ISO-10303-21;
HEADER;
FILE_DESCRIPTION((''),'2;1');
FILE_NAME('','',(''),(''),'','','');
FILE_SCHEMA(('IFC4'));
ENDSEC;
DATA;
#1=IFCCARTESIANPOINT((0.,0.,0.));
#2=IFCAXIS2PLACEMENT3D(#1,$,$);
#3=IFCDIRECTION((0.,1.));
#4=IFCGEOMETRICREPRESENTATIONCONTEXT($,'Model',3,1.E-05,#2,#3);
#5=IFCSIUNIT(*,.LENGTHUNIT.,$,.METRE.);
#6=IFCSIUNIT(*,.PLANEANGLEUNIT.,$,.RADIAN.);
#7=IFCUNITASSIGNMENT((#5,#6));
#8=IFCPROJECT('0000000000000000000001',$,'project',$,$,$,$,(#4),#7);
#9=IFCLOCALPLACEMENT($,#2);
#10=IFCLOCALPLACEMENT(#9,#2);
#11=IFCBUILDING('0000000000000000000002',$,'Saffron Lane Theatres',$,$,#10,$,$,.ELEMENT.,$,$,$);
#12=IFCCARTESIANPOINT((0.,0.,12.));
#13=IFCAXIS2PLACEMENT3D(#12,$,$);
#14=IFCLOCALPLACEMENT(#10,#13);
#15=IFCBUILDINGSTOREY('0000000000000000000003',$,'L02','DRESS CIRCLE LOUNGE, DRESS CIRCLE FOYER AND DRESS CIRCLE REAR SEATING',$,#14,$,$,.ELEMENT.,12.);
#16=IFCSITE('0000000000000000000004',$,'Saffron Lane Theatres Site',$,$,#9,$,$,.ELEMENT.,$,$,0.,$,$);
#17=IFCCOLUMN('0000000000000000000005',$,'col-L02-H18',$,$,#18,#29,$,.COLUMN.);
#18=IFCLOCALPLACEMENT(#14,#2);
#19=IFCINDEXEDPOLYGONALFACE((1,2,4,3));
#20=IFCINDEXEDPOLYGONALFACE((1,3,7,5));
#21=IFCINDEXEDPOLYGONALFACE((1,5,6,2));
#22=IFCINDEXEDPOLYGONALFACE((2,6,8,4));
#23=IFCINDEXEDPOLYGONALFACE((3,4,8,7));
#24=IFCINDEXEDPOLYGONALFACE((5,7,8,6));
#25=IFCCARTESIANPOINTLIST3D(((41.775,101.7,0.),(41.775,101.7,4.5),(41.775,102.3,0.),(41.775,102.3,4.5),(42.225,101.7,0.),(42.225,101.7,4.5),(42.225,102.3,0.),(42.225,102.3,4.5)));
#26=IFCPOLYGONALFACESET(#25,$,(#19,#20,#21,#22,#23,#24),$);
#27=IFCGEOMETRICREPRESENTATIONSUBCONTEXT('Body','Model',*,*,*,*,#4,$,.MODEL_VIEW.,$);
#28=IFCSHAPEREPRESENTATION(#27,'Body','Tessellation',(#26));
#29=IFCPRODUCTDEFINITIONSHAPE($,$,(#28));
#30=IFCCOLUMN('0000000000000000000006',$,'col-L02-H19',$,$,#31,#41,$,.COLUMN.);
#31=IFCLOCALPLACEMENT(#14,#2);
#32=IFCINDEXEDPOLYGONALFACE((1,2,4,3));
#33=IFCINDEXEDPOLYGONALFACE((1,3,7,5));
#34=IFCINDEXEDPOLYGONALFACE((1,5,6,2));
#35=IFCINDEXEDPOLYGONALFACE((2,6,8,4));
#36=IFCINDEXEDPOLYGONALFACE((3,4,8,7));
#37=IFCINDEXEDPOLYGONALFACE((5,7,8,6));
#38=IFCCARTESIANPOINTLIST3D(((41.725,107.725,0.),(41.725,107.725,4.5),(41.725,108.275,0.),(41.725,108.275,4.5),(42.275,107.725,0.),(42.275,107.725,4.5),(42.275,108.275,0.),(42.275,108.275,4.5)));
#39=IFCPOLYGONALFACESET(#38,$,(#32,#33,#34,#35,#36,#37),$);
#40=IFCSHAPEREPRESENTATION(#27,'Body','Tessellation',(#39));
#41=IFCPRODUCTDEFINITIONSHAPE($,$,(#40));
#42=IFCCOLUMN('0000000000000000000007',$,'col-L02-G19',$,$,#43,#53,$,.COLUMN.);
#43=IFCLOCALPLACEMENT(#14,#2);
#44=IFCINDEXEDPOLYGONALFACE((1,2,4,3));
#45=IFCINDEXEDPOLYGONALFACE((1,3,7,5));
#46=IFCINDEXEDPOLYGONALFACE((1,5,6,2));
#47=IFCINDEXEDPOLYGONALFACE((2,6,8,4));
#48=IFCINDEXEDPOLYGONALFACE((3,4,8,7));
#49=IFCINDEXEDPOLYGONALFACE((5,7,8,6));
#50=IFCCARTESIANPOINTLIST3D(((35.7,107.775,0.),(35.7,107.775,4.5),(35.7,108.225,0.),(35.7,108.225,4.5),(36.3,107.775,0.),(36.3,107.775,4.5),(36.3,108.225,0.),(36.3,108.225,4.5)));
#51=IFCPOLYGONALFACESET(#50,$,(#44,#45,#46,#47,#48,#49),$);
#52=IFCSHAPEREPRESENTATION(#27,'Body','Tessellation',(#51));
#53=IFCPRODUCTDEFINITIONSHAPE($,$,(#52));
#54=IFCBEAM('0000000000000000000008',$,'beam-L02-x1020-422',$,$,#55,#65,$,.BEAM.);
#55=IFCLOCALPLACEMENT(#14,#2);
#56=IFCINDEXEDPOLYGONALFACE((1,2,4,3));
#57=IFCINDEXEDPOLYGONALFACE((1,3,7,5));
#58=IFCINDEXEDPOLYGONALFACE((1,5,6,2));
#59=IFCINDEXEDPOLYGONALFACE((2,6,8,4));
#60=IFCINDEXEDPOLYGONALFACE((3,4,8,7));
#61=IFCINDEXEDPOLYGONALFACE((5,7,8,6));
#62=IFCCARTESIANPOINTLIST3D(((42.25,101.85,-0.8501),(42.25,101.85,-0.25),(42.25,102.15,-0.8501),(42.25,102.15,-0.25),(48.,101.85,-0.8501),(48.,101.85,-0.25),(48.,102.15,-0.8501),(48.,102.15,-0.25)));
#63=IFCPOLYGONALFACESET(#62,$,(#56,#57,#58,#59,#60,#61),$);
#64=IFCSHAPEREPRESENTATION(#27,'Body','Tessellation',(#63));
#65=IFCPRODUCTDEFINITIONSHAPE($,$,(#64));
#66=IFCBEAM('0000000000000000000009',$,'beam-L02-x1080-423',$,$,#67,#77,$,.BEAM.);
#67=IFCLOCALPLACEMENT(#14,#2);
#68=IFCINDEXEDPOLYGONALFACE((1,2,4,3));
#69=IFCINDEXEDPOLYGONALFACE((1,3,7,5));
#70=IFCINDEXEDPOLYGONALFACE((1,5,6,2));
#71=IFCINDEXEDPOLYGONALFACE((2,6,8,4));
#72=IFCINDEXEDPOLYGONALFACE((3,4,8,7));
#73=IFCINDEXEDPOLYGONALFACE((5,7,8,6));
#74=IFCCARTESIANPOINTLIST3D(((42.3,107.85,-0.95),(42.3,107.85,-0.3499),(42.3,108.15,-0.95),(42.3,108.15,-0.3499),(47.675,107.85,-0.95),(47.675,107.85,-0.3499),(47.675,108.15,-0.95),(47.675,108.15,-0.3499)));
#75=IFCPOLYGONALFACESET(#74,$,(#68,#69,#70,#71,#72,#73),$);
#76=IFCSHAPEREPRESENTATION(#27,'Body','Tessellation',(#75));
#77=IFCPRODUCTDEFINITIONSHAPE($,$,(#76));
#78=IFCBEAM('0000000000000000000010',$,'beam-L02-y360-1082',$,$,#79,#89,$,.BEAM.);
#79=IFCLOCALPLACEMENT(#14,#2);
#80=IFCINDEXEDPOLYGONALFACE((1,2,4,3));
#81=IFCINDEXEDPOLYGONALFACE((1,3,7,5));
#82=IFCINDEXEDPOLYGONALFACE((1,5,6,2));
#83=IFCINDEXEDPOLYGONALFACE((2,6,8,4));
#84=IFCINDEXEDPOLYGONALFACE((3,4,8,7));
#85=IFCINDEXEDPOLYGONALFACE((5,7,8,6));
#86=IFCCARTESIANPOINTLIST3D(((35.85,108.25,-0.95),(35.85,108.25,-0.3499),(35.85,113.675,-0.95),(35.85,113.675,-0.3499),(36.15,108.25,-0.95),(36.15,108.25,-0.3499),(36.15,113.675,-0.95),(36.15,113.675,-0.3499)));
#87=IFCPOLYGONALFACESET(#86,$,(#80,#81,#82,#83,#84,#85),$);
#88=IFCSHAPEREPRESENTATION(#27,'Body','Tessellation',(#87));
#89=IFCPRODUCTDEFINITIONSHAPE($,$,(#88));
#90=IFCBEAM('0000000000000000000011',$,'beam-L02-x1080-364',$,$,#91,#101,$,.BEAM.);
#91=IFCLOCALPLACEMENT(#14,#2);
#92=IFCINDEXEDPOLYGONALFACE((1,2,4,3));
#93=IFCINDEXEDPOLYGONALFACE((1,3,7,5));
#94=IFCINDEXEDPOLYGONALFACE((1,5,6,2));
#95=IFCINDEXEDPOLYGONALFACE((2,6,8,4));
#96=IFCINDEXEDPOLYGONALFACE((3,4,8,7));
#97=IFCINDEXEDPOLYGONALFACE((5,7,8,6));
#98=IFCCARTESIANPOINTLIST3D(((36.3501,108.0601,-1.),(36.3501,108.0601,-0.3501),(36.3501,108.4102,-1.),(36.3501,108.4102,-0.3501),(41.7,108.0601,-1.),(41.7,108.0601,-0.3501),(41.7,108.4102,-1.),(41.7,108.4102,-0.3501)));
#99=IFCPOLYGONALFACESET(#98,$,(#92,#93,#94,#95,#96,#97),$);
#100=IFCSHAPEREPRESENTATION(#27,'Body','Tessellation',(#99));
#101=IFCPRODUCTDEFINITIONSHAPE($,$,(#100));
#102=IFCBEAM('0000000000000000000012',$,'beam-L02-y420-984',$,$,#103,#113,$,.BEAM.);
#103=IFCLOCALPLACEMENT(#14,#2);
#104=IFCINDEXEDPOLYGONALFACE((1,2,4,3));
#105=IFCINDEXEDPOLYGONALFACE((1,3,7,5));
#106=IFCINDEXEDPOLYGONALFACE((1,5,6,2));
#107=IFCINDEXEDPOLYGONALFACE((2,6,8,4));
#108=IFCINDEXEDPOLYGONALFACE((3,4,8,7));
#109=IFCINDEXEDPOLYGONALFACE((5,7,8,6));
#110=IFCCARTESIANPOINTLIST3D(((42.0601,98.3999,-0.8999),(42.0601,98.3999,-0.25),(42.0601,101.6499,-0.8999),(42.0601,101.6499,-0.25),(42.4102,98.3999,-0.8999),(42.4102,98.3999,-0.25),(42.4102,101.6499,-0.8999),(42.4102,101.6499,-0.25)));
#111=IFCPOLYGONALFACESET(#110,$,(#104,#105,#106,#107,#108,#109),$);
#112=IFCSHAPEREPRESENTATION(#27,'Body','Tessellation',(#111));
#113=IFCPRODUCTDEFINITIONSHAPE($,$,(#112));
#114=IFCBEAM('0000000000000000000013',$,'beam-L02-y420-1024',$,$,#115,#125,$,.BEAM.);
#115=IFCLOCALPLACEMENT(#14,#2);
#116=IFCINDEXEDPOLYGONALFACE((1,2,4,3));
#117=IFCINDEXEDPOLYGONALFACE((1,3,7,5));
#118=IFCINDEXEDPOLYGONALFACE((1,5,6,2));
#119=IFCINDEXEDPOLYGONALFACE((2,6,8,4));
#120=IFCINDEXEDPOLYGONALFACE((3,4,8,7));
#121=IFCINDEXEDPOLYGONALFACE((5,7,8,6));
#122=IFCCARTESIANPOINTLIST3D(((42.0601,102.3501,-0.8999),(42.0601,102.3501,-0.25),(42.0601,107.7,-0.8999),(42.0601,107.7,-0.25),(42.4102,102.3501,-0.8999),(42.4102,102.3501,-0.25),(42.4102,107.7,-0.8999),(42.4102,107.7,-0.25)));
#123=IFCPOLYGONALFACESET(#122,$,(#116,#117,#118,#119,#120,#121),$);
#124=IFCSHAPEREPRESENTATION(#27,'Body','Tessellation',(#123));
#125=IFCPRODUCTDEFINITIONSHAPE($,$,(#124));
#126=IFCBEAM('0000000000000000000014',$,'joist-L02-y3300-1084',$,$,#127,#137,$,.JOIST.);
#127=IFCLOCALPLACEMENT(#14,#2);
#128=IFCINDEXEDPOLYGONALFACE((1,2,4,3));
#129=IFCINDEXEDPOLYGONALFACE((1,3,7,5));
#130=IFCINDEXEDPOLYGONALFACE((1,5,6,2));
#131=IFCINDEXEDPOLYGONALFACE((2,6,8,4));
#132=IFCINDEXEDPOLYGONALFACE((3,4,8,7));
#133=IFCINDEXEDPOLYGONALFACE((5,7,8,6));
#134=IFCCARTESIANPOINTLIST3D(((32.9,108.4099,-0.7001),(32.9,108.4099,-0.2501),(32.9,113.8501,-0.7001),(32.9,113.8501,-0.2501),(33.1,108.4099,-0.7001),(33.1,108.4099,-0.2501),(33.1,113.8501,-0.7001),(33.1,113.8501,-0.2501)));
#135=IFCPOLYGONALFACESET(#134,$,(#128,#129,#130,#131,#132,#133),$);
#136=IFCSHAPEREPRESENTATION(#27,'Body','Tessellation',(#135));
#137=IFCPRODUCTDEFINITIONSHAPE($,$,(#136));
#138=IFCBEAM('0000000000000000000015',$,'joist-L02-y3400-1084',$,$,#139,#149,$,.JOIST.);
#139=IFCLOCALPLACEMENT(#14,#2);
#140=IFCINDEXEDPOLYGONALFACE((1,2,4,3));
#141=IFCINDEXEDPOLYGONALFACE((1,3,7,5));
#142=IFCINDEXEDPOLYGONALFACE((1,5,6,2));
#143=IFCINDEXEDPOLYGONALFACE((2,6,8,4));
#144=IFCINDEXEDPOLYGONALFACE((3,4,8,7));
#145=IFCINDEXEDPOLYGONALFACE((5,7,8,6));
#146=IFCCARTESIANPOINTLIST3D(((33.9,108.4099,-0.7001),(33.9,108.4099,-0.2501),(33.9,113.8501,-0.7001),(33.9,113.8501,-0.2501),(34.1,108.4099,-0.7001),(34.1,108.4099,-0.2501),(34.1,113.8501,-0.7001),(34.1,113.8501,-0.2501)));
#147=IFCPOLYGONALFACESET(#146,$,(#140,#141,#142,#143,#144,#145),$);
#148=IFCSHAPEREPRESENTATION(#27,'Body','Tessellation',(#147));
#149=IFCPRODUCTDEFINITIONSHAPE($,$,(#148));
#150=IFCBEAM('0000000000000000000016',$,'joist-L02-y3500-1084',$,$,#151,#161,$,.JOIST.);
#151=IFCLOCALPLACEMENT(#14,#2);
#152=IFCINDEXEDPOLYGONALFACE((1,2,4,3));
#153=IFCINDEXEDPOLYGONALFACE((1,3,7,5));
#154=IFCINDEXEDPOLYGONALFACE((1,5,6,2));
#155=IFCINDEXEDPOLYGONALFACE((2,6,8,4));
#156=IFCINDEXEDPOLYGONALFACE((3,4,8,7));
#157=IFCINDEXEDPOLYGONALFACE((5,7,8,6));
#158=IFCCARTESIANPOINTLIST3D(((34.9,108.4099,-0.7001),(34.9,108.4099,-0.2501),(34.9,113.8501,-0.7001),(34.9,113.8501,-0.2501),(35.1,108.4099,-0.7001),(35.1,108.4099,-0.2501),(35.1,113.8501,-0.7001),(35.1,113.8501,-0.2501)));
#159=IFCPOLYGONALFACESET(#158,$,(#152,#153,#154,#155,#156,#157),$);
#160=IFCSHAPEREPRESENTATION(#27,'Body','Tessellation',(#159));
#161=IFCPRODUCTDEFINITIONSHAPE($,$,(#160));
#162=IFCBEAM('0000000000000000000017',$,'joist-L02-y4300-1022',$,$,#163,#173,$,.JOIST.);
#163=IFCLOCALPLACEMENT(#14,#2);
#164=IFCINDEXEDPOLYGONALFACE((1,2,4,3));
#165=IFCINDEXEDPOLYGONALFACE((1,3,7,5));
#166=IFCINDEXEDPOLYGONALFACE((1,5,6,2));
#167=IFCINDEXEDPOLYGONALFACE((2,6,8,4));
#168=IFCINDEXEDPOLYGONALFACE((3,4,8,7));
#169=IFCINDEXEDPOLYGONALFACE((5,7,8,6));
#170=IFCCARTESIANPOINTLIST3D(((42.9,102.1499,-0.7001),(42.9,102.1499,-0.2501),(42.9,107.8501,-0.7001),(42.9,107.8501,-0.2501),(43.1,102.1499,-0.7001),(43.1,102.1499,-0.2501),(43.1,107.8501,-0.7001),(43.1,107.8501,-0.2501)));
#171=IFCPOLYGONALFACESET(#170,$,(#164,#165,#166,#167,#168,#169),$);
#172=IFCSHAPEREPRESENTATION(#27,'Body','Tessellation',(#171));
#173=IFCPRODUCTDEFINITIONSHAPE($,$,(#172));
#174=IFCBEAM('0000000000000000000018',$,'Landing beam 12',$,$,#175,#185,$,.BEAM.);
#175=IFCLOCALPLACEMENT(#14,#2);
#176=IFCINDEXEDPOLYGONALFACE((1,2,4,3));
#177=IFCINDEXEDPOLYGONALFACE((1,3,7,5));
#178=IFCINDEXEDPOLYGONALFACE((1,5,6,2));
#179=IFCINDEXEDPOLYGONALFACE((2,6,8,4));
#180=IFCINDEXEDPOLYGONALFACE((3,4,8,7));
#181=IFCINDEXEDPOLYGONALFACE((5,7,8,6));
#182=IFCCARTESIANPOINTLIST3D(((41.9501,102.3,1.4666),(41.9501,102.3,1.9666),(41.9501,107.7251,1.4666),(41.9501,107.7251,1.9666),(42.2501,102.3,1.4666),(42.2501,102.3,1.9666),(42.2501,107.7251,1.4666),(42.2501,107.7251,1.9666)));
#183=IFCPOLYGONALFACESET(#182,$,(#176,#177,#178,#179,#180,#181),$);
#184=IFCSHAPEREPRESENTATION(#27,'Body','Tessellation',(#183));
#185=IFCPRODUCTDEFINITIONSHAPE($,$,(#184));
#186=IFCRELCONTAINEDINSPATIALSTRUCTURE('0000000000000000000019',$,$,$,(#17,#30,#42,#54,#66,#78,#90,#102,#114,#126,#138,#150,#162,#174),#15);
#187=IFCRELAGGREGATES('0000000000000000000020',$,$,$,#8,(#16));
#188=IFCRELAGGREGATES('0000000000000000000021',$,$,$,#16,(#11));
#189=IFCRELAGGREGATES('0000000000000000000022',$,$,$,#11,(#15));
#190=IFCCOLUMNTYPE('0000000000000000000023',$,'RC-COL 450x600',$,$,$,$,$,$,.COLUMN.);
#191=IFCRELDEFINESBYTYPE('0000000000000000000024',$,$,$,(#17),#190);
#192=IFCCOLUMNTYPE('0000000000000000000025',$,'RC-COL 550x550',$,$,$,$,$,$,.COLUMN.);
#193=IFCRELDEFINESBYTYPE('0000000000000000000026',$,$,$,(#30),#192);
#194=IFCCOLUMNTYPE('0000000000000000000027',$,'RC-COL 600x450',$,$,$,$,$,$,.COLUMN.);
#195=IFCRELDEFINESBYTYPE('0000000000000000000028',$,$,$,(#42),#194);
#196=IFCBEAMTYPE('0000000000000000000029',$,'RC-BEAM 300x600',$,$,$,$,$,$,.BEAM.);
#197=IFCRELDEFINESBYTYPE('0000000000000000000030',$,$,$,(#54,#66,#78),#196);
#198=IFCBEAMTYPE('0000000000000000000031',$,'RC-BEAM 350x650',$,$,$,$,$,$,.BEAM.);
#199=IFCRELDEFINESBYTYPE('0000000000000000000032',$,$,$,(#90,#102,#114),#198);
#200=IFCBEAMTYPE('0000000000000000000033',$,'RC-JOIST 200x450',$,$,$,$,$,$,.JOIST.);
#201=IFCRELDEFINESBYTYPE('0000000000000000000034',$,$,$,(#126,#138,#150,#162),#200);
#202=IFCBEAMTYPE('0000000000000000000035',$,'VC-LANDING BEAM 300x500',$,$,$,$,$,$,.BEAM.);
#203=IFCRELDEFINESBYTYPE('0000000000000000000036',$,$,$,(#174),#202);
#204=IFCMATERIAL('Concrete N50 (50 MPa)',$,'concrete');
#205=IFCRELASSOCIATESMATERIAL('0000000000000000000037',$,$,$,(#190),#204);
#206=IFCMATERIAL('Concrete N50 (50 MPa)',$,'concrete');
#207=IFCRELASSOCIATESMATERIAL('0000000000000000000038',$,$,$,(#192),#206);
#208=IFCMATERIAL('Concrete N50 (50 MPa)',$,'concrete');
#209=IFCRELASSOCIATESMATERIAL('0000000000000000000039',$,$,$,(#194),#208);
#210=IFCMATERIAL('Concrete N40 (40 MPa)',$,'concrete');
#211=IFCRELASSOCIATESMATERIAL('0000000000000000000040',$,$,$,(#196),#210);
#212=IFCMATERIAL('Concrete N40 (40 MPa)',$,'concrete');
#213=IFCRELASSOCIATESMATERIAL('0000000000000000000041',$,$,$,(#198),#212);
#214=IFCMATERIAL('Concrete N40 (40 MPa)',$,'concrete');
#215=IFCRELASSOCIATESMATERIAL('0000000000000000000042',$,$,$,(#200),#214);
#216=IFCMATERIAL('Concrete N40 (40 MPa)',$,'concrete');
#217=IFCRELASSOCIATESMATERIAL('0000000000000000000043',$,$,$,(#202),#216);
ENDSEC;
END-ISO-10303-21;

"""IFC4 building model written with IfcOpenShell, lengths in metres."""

from ifc_helpers import new_model, si_unit, direction, frame, origin, origin_2d, place, context, subcontext, project, spatial, rectangle, extrude, material, material_profile, profile_set, type_object, element, save


model = new_model("IFC4")

# Units and contexts
model_context = context("Model", 3, precision=1e-05, world=origin(), true_north=direction((0.0, 1.0)))
body_context = subcontext(model_context, "Body", "Model", "MODEL_VIEW")
ifc_project = project(units=[si_unit("LENGTHUNIT", "METRE"), si_unit("PLANEANGLEUNIT", "RADIAN")], contexts=[model_context])

# Site, building, storey
site_placement = place(None, origin())
site = spatial("IfcSite", under=ifc_project, at=site_placement, Name="Saffron Lane Theatres Site", CompositionType="ELEMENT", RefElevation=0.0)
building_placement = place(site_placement, origin())
building = spatial("IfcBuilding", under=site, at=building_placement, Name="Saffron Lane Theatres", CompositionType="ELEMENT")
storey_placement = place(building_placement, frame((0.0, 0.0, 12.0)))
storey = spatial("IfcBuildingStorey", under=building, at=storey_placement, Name="L02", Description="DRESS CIRCLE LOUNGE, DRESS CIRCLE FOYER AND DRESS CIRCLE REAR SEATING", CompositionType="ELEMENT", Elevation=12.0)

# Columns
ifc_material_1 = material(Name="Concrete N50 (50 MPa)", Category="concrete")
ifc_material_profile_1 = material_profile(ifc_material_1, rectangle(XDim=0.45, YDim=0.6001, at=origin_2d()))
ifc_profile_set_1 = profile_set([ifc_material_profile_1], Name="Concrete N50 (50 MPa)")
column_type_1 = type_object("IfcColumnType", Name="RC-COL 450x600", PredefinedType="COLUMN", material=ifc_profile_set_1)
column_1_placement = place(storey_placement, frame((42.0, 102.0, 0.0), z_axis=(0.0, 0.0, 1.0), x_axis=(1.0, 0.0, 0.0)))
element("IfcColumn", 1, at=column_1_placement, inside=storey, type_object=column_type_1, Name="col-L02-H18", PredefinedType="COLUMN", context=body_context, shape_type="SweptSolid", body=[
    extrude(rectangle(XDim=0.45, YDim=0.6001, at=origin_2d()), origin(), (0.0, 0.0, 1.0), 4.5),
])
ifc_material_2 = material(Name="Concrete N50 (50 MPa)", Category="concrete")
ifc_material_profile_2 = material_profile(ifc_material_2, rectangle(XDim=0.55, YDim=0.55, at=origin_2d()))
ifc_profile_set_2 = profile_set([ifc_material_profile_2], Name="Concrete N50 (50 MPa)")
column_type_2 = type_object("IfcColumnType", Name="RC-COL 550x550", PredefinedType="COLUMN", material=ifc_profile_set_2)
column_2_placement = place(storey_placement, frame((42.0, 108.0, 0.0), z_axis=(0.0, 0.0, 1.0), x_axis=(1.0, 0.0, 0.0)))
element("IfcColumn", 2, at=column_2_placement, inside=storey, type_object=column_type_2, Name="col-L02-H19", PredefinedType="COLUMN", context=body_context, shape_type="SweptSolid", body=[
    extrude(rectangle(XDim=0.55, YDim=0.55, at=origin_2d()), origin(), (0.0, 0.0, 1.0), 4.5),
])
ifc_material_3 = material(Name="Concrete N50 (50 MPa)", Category="concrete")
ifc_material_profile_3 = material_profile(ifc_material_3, rectangle(XDim=0.6001, YDim=0.45, at=origin_2d()))
ifc_profile_set_3 = profile_set([ifc_material_profile_3], Name="Concrete N50 (50 MPa)")
column_type_3 = type_object("IfcColumnType", Name="RC-COL 600x450", PredefinedType="COLUMN", material=ifc_profile_set_3)
column_3_placement = place(storey_placement, frame((36.0, 108.0, 0.0), z_axis=(0.0, 0.0, 1.0), x_axis=(1.0, 0.0, 0.0)))
element("IfcColumn", 3, at=column_3_placement, inside=storey, type_object=column_type_3, Name="col-L02-G19", PredefinedType="COLUMN", context=body_context, shape_type="SweptSolid", body=[
    extrude(rectangle(XDim=0.6001, YDim=0.45, at=origin_2d()), origin(), (0.0, 0.0, 1.0), 4.5),
])

# Beams
ifc_material_4 = material(Name="Concrete N40 (40 MPa)", Category="concrete")
ifc_material_profile_4 = material_profile(ifc_material_4, rectangle(XDim=0.3, YDim=0.6001, at=origin_2d()))
ifc_profile_set_4 = profile_set([ifc_material_profile_4], Name="Concrete N40 (40 MPa)")
beam_type_1 = type_object("IfcBeamType", Name="RC-BEAM 300x600", PredefinedType="BEAM", material=ifc_profile_set_4)
beam_1_placement = place(storey_placement, frame((42.25, 102.0, -0.55), z_axis=(1.0, 0.0, 0.0), x_axis=(0.0, 1.0, 0.0)))
element("IfcBeam", 4, at=beam_1_placement, inside=storey, type_object=beam_type_1, Name="beam-L02-x1020-422", PredefinedType="BEAM", context=body_context, shape_type="SweptSolid", body=[
    extrude(rectangle(XDim=0.3, YDim=0.6001, at=origin_2d()), origin(), (0.0, 0.0, 1.0), 5.75),
])
beam_2_placement = place(storey_placement, frame((42.3, 108.0, -0.6499), z_axis=(1.0, 0.0, 0.0), x_axis=(0.0, 1.0, 0.0)))
element("IfcBeam", 5, at=beam_2_placement, inside=storey, type_object=beam_type_1, Name="beam-L02-x1080-423", PredefinedType="BEAM", context=body_context, shape_type="SweptSolid", body=[
    extrude(rectangle(XDim=0.3, YDim=0.6001, at=origin_2d()), origin(), (0.0, 0.0, 1.0), 5.375),
])
beam_3_placement = place(storey_placement, frame((36.0, 108.25, -0.6499), z_axis=(0.0, 1.0, 0.0), x_axis=(-1.0, 0.0, 0.0)))
element("IfcBeam", 6, at=beam_3_placement, inside=storey, type_object=beam_type_1, Name="beam-L02-y360-1082", PredefinedType="BEAM", context=body_context, shape_type="SweptSolid", body=[
    extrude(rectangle(XDim=0.3, YDim=0.6001, at=origin_2d()), origin(), (0.0, 0.0, 1.0), 5.425),
])
ifc_material_5 = material(Name="Concrete N40 (40 MPa)", Category="concrete")
ifc_material_profile_5 = material_profile(ifc_material_5, rectangle(XDim=0.3501, YDim=0.6499, at=origin_2d()))
ifc_profile_set_5 = profile_set([ifc_material_profile_5], Name="Concrete N40 (40 MPa)")
beam_type_2 = type_object("IfcBeamType", Name="RC-BEAM 350x650", PredefinedType="BEAM", material=ifc_profile_set_5)
beam_4_placement = place(storey_placement, frame((36.3501, 108.2351, -0.675), z_axis=(1.0, 0.0, 0.0), x_axis=(0.0, 1.0, 0.0)))
element("IfcBeam", 7, at=beam_4_placement, inside=storey, type_object=beam_type_2, Name="beam-L02-x1080-364", PredefinedType="BEAM", context=body_context, shape_type="SweptSolid", body=[
    extrude(rectangle(XDim=0.3501, YDim=0.6499, at=origin_2d()), origin(), (0.0, 0.0, 1.0), 5.3499),
])
beam_5_placement = place(storey_placement, frame((42.2351, 98.3999, -0.575), z_axis=(0.0, 1.0, 0.0), x_axis=(-1.0, 0.0, 0.0)))
element("IfcBeam", 8, at=beam_5_placement, inside=storey, type_object=beam_type_2, Name="beam-L02-y420-984", PredefinedType="BEAM", context=body_context, shape_type="SweptSolid", body=[
    extrude(rectangle(XDim=0.3501, YDim=0.6499, at=origin_2d()), origin(), (0.0, 0.0, 1.0), 3.25),
])
beam_6_placement = place(storey_placement, frame((42.2351, 102.3501, -0.575), z_axis=(0.0, 1.0, 0.0), x_axis=(-1.0, 0.0, 0.0)))
element("IfcBeam", 9, at=beam_6_placement, inside=storey, type_object=beam_type_2, Name="beam-L02-y420-1024", PredefinedType="BEAM", context=body_context, shape_type="SweptSolid", body=[
    extrude(rectangle(XDim=0.3501, YDim=0.6499, at=origin_2d()), origin(), (0.0, 0.0, 1.0), 5.3499),
])
ifc_material_6 = material(Name="Concrete N40 (40 MPa)", Category="concrete")
ifc_material_profile_6 = material_profile(ifc_material_6, rectangle(XDim=0.2, YDim=0.45, at=origin_2d()))
ifc_profile_set_6 = profile_set([ifc_material_profile_6], Name="Concrete N40 (40 MPa)")
beam_type_3 = type_object("IfcBeamType", Name="RC-JOIST 200x450", PredefinedType="JOIST", material=ifc_profile_set_6)
for number, where, z_axis, x_axis, name in (
    (10, (33.0, 108.4099, -0.4751), (0.0, 1.0, 0.0), (-1.0, 0.0, 0.0), "joist-L02-y3300-1084"),
    (11, (34.0, 108.4099, -0.4751), (0.0, 1.0, 0.0), (-1.0, 0.0, 0.0), "joist-L02-y3400-1084"),
    (12, (35.0, 108.4099, -0.4751), (0.0, 1.0, 0.0), (-1.0, 0.0, 0.0), "joist-L02-y3500-1084"),
):
    element("IfcBeam", number, at=place(storey_placement, frame(where, z_axis=z_axis, x_axis=x_axis)), inside=storey, type_object=beam_type_3, Name=name, PredefinedType="JOIST", context=body_context, shape_type="SweptSolid", body=[
        extrude(rectangle(XDim=0.2, YDim=0.45, at=origin_2d()), origin(), (0.0, 0.0, 1.0), 5.4402),
    ])
beam_7_placement = place(storey_placement, frame((43.0, 102.1499, -0.4751), z_axis=(0.0, 1.0, 0.0), x_axis=(-1.0, 0.0, 0.0)))
element("IfcBeam", 13, at=beam_7_placement, inside=storey, type_object=beam_type_3, Name="joist-L02-y4300-1022", PredefinedType="JOIST", context=body_context, shape_type="SweptSolid", body=[
    extrude(rectangle(XDim=0.2, YDim=0.45, at=origin_2d()), origin(), (0.0, 0.0, 1.0), 5.7002),
])
ifc_material_7 = material(Name="Concrete N40 (40 MPa)", Category="concrete")
ifc_material_profile_7 = material_profile(ifc_material_7, rectangle(XDim=0.3, YDim=0.5, at=origin_2d()))
ifc_profile_set_7 = profile_set([ifc_material_profile_7], Name="Concrete N40 (40 MPa)")
beam_type_4 = type_object("IfcBeamType", Name="VC-LANDING BEAM 300x500", PredefinedType="BEAM", material=ifc_profile_set_7)
for number, where, z_axis, x_axis, name in (
    (14, (42.1001, 102.3, 1.7166), (0.0, 1.0, 0.0), (-1.0, 0.0, 0.0), "Landing beam 12"),
):
    element("IfcBeam", number, at=place(storey_placement, frame(where, z_axis=z_axis, x_axis=x_axis)), inside=storey, type_object=beam_type_4, Name=name, PredefinedType="BEAM", context=body_context, shape_type="SweptSolid", body=[
        extrude(rectangle(XDim=0.3, YDim=0.5, at=origin_2d()), origin(), (0.0, 0.0, 1.0), 5.425),
    ])

save(model, "model.ifc")
